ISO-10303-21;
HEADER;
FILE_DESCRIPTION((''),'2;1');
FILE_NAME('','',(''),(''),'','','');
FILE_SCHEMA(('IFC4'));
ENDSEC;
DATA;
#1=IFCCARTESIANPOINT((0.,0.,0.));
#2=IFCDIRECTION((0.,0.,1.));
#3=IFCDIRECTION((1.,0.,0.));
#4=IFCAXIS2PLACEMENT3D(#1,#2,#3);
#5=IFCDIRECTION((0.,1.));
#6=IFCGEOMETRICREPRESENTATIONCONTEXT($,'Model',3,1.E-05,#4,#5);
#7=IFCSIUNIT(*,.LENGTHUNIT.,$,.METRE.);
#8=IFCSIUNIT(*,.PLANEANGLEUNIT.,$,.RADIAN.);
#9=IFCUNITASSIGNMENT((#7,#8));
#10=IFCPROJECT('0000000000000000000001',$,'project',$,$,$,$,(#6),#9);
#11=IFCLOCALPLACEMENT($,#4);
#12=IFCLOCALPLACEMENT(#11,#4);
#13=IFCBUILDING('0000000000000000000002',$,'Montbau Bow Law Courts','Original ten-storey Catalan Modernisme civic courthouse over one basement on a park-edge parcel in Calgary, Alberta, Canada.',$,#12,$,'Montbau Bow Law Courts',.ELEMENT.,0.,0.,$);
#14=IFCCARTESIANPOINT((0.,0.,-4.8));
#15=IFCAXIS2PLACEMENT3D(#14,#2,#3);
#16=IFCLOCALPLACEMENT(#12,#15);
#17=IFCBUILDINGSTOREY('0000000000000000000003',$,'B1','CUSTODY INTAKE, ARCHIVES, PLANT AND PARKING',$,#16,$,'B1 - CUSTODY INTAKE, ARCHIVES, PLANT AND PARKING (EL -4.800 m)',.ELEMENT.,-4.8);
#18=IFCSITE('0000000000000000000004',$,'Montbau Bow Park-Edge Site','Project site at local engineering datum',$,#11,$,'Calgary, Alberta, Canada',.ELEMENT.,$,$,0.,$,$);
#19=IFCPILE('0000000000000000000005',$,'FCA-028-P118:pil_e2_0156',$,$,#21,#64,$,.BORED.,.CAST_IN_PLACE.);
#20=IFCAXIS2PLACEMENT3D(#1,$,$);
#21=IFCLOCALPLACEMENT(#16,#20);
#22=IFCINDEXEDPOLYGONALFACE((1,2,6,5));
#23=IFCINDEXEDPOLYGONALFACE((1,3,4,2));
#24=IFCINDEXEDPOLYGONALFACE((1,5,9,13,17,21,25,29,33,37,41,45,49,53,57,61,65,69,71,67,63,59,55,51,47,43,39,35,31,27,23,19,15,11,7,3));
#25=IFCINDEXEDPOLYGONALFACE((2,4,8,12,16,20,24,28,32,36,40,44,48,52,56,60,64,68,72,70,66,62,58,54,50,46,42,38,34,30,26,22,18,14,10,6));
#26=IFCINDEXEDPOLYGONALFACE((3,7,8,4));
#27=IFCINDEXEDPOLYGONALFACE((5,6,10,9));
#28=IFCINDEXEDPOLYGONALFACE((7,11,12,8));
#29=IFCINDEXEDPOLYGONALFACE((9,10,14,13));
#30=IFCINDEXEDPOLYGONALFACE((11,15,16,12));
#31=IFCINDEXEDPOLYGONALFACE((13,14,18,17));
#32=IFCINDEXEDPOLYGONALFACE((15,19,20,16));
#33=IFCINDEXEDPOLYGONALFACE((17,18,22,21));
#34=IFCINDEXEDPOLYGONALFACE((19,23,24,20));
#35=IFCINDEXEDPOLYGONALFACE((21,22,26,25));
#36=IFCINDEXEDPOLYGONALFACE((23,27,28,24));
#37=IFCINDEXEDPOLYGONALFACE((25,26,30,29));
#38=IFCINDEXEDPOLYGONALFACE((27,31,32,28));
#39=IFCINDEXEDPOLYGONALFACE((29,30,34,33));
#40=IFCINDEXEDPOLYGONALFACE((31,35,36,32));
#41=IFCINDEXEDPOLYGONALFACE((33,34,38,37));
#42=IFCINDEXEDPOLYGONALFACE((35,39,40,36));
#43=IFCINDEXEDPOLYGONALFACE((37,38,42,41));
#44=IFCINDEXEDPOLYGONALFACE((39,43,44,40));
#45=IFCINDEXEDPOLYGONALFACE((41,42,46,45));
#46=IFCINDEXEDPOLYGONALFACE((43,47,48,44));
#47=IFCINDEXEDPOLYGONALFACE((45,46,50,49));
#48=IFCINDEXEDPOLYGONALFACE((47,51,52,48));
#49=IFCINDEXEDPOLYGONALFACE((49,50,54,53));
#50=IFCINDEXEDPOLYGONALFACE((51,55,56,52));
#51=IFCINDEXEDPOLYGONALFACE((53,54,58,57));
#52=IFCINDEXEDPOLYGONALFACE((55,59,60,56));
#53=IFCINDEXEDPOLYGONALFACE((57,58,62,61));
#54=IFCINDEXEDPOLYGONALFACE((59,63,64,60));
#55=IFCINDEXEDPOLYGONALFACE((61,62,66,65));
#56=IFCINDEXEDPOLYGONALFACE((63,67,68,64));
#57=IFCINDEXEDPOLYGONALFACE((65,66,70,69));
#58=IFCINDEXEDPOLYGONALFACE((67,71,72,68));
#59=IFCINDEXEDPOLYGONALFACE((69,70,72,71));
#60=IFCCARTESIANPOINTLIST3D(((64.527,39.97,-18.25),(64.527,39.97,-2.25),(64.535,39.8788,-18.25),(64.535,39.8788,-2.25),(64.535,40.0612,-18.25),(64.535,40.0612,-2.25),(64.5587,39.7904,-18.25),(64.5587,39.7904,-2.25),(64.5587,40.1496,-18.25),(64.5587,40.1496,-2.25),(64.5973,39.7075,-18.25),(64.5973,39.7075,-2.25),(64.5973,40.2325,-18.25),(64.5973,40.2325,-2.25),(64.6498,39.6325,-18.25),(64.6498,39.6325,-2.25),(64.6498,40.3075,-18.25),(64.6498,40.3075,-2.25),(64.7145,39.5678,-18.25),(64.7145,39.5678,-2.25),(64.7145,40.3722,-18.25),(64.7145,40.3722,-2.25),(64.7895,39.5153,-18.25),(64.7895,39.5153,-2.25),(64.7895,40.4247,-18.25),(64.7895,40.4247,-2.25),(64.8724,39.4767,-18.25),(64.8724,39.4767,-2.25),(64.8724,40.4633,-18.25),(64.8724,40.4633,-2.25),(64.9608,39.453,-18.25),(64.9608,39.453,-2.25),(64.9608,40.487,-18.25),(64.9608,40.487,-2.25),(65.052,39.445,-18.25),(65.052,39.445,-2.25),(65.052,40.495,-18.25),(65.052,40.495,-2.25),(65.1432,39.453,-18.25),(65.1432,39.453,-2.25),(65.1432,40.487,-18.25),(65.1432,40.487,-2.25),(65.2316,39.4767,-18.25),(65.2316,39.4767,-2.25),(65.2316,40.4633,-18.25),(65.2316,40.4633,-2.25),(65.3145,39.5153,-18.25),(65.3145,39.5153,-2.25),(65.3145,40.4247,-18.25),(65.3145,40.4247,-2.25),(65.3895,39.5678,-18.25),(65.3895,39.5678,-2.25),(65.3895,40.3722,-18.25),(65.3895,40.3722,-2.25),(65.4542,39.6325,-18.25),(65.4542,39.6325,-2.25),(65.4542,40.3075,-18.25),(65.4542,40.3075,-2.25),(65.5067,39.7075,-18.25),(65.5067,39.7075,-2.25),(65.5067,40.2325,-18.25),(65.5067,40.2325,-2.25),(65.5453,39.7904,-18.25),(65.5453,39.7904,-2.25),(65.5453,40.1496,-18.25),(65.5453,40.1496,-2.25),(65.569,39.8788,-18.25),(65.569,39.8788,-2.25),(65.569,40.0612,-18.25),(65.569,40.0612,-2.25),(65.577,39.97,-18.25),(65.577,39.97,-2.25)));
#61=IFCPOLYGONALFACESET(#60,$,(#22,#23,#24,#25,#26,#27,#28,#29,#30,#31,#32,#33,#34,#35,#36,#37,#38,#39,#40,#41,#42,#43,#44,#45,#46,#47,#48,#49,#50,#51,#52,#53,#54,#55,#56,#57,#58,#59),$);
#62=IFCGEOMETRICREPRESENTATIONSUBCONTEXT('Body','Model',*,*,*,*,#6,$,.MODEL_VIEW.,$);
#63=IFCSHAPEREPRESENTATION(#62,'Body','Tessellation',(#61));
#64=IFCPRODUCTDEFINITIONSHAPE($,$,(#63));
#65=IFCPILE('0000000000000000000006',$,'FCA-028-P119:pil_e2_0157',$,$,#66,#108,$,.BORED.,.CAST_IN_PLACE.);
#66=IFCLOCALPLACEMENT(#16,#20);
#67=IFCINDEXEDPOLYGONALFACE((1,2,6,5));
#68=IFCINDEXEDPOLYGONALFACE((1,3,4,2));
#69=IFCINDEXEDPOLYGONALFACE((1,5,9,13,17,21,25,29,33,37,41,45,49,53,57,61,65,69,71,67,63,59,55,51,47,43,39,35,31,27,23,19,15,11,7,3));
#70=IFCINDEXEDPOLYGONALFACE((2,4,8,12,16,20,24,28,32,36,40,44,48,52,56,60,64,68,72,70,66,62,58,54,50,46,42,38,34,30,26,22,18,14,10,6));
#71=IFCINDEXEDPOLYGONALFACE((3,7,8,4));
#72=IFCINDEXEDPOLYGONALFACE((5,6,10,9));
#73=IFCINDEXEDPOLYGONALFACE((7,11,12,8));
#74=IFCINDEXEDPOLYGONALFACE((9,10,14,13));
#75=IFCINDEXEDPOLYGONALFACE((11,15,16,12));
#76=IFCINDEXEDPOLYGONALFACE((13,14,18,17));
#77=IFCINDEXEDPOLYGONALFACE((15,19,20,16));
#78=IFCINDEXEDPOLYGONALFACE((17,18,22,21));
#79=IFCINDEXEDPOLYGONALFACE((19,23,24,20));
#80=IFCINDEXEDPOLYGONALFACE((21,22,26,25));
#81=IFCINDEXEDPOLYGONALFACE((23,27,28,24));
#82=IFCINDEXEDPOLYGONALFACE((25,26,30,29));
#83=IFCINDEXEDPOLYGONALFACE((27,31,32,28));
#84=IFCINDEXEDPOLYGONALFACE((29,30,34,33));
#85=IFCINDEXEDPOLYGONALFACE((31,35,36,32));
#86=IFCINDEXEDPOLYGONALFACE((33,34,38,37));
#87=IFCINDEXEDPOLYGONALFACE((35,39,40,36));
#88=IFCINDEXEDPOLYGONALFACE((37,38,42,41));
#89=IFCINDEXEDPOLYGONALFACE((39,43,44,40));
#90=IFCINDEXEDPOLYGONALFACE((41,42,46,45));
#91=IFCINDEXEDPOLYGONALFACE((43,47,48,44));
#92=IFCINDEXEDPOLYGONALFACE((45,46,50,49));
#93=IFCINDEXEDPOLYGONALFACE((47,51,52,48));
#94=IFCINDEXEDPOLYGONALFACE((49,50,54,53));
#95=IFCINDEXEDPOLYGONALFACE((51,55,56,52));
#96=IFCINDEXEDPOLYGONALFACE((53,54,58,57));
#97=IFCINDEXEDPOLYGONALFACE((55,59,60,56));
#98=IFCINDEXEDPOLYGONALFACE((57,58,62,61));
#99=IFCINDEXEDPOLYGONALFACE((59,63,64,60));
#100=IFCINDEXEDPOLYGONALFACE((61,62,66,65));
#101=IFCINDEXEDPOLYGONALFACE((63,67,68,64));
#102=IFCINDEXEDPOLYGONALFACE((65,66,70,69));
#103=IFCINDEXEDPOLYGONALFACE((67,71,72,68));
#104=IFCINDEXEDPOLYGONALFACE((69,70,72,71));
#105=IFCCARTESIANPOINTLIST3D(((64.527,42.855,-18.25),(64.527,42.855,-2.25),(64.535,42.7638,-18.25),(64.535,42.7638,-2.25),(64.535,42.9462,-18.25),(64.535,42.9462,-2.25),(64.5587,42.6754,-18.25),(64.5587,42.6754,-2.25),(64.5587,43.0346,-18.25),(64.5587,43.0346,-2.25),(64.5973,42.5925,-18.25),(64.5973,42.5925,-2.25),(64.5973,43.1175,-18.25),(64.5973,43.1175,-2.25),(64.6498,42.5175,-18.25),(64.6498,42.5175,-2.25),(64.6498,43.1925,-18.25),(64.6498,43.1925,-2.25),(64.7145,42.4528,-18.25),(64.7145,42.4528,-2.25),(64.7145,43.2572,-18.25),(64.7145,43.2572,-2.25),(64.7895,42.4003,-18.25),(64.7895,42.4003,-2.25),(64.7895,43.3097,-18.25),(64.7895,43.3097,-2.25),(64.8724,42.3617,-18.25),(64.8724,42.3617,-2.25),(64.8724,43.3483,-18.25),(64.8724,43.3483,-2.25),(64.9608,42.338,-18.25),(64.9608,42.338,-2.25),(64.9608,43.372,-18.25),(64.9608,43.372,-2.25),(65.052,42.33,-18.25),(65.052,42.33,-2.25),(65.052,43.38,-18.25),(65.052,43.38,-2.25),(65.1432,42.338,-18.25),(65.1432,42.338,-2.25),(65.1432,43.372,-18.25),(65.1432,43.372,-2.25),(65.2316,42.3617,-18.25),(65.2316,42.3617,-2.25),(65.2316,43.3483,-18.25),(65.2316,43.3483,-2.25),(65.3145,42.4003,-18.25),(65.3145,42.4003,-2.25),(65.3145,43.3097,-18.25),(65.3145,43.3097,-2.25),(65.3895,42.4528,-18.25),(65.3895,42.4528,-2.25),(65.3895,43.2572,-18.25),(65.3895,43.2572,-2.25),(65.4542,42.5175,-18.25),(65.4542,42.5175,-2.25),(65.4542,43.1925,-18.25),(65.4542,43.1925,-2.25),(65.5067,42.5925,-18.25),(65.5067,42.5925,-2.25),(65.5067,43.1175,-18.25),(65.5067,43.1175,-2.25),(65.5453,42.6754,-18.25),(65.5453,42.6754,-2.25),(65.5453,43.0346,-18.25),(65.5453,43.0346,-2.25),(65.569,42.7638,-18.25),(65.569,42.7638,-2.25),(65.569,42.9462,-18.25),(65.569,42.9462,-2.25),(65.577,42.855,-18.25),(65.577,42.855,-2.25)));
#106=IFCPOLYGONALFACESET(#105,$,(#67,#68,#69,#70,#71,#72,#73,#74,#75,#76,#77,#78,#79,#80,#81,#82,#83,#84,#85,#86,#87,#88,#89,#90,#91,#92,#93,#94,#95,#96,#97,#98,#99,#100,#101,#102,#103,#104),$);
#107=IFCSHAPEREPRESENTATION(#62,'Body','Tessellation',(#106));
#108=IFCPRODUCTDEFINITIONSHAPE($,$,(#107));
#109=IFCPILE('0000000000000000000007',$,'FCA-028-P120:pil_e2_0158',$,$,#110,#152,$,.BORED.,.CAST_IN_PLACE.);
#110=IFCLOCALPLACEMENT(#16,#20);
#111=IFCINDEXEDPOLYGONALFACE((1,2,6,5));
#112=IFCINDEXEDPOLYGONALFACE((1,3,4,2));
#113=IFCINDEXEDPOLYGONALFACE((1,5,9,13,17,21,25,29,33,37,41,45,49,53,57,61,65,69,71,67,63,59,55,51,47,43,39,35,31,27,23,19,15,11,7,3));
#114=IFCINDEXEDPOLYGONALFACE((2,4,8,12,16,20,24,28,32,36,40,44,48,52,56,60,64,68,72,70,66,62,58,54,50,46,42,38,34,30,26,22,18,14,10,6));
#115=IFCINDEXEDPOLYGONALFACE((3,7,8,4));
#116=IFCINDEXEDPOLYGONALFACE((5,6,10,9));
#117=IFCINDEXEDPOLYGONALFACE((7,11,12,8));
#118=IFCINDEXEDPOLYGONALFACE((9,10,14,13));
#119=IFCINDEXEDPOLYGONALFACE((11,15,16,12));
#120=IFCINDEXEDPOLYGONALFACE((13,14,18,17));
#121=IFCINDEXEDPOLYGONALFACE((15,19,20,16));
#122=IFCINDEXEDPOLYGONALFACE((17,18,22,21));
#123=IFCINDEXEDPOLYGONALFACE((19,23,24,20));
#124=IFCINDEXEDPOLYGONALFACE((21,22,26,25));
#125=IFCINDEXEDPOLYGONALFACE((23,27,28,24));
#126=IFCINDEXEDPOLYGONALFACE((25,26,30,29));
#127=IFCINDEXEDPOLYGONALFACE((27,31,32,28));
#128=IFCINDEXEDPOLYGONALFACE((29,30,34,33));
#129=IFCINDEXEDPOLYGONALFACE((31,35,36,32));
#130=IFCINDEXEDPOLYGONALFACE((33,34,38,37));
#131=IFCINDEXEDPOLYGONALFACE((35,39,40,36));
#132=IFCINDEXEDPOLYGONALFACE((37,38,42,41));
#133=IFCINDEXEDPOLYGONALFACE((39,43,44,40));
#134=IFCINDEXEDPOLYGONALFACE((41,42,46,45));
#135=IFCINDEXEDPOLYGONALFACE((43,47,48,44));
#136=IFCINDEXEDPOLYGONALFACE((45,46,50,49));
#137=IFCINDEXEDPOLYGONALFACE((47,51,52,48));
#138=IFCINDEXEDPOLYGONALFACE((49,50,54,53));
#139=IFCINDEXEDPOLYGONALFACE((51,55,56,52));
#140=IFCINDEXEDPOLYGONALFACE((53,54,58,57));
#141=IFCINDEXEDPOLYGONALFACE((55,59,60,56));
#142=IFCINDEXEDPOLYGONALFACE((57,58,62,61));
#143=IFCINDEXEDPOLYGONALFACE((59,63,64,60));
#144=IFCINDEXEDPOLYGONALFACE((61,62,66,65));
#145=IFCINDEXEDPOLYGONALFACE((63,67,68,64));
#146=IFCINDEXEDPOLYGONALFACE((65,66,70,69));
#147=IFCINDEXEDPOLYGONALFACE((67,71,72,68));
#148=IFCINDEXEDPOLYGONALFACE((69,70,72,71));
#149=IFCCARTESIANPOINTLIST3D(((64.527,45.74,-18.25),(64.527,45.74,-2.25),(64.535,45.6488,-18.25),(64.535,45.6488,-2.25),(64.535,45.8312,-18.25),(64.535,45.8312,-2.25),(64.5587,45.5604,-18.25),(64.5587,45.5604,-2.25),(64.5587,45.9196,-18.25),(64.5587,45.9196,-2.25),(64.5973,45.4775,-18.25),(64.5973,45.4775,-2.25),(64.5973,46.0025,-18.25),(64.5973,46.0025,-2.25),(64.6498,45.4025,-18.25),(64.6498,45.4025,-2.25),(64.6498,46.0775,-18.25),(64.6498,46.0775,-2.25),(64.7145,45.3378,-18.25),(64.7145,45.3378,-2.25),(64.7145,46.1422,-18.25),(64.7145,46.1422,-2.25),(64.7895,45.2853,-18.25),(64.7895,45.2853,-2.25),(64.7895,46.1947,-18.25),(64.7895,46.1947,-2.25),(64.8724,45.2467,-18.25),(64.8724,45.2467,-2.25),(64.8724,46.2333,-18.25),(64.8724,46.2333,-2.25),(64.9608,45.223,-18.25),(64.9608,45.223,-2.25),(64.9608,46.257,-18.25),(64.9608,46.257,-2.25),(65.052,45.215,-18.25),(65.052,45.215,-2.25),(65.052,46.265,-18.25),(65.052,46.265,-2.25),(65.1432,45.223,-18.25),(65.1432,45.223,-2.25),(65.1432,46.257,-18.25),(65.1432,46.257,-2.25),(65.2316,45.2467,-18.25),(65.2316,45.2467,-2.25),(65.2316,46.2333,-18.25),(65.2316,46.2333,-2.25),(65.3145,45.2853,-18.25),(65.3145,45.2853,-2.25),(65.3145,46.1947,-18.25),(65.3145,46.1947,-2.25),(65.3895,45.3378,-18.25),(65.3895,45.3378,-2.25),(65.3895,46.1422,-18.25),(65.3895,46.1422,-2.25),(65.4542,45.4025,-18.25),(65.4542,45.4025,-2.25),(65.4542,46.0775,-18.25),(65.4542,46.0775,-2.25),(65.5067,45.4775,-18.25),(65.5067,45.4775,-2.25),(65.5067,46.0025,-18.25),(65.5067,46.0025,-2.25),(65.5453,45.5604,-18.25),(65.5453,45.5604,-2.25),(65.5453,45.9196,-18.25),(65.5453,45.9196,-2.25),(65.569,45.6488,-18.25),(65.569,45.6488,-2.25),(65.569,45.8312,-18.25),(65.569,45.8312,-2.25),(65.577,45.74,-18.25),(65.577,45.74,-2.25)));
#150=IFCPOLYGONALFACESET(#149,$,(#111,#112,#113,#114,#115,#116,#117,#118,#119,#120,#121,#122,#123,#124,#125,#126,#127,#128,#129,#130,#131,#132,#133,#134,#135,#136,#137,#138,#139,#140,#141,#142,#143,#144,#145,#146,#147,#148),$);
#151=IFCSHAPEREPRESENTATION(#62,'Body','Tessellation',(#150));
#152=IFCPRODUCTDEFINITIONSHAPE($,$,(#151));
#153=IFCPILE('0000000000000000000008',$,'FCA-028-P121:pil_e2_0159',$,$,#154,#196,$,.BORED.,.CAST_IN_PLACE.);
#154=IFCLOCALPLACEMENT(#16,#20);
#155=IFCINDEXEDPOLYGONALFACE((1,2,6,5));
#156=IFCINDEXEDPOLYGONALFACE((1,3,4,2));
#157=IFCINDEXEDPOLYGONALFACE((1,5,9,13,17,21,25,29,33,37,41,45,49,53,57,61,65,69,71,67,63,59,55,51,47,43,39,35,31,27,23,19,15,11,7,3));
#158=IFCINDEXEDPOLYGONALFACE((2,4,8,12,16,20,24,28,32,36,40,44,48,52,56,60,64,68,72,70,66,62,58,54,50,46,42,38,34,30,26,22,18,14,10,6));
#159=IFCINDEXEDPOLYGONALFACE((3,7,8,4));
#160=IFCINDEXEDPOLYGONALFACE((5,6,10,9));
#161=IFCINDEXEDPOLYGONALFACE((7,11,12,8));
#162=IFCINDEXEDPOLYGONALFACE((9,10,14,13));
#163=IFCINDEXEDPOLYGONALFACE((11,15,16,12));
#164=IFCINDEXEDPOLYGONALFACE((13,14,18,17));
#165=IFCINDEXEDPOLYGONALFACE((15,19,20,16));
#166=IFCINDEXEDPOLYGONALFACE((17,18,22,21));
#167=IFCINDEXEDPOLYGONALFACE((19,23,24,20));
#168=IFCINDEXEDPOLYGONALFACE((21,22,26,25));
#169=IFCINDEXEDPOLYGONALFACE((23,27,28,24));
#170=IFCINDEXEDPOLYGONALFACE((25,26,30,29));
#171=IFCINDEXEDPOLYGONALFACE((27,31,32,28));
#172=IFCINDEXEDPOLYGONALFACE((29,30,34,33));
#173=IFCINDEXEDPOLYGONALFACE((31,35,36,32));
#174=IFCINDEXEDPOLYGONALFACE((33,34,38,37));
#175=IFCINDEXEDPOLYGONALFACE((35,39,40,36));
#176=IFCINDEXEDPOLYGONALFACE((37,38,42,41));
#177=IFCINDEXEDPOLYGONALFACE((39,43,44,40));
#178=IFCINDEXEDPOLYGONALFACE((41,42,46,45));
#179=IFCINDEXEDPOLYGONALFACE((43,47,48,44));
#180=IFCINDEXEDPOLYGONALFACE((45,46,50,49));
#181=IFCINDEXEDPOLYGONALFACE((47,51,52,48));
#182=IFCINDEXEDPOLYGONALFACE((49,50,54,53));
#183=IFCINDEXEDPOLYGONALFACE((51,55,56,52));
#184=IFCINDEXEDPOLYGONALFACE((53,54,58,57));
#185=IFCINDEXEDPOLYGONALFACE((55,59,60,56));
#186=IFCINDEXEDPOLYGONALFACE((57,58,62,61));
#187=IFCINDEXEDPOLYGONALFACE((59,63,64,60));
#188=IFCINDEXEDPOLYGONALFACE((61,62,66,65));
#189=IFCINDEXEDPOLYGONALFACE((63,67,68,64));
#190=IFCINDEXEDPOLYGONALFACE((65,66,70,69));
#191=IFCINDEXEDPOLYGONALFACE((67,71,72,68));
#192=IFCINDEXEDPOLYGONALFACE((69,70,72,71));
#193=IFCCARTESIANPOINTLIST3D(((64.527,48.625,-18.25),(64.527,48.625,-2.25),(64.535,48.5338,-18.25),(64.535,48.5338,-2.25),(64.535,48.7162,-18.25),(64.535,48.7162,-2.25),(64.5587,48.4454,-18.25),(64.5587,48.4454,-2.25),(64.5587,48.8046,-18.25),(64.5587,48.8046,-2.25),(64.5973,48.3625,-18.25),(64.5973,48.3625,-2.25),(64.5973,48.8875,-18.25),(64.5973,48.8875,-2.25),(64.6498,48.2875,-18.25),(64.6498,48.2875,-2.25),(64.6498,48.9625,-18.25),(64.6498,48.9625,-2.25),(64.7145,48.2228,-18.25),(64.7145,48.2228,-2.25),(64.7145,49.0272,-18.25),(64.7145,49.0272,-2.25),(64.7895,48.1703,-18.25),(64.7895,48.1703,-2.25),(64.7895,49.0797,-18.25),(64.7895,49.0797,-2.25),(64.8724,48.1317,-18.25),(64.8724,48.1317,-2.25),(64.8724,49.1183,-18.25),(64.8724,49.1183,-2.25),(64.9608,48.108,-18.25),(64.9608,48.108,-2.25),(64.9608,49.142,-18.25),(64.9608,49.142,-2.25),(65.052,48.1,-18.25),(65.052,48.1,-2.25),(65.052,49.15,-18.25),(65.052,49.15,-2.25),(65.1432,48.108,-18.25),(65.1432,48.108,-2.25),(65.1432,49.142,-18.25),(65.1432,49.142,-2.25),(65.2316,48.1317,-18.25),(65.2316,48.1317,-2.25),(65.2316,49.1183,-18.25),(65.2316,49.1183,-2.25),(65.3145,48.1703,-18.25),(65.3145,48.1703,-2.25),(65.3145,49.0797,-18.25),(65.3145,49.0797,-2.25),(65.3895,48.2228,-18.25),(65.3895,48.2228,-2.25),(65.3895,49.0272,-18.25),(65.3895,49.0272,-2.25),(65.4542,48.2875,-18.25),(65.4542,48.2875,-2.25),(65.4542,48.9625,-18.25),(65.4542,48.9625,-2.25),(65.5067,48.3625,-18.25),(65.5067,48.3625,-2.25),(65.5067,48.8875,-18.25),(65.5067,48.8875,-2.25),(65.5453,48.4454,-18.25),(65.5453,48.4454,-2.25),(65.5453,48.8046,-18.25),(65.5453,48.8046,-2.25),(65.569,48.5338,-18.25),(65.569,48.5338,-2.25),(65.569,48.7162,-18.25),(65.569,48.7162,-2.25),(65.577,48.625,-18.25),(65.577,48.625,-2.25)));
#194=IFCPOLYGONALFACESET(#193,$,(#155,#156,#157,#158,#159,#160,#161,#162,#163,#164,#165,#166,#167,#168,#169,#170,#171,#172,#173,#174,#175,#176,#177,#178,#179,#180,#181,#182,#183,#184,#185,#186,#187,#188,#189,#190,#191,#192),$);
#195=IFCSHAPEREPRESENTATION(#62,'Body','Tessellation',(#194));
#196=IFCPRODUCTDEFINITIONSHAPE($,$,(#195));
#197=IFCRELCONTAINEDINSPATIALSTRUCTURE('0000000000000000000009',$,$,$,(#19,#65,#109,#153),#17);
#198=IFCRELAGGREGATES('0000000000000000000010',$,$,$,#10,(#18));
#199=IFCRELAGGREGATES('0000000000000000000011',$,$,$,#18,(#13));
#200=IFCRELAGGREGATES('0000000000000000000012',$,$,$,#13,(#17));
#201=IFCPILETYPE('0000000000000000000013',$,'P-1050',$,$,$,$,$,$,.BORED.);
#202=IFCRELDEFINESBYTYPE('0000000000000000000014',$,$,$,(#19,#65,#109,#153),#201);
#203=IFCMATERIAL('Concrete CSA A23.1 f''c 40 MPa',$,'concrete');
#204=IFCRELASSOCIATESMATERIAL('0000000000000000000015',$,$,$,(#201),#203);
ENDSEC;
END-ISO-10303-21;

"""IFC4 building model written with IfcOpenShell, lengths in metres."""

from ifc_helpers import new_model, si_unit, direction, frame, origin_with_axes, origin_2d_with_axis, place, context, subcontext, project, spatial, circle, extrude, material, material_profile, profile_set, type_object, element, save


model = new_model("IFC4")

# Units and contexts
model_context = context("Model", 3, precision=1e-05, world=origin_with_axes(), true_north=direction((0.0, 1.0)))
body_context = subcontext(model_context, "Body", "Model", "MODEL_VIEW")
ifc_project = project(units=[si_unit("LENGTHUNIT", "METRE"), si_unit("PLANEANGLEUNIT", "RADIAN")], contexts=[model_context])

# Site, building, storey
site_placement = place(None, origin_with_axes())
site = spatial("IfcSite", under=ifc_project, at=site_placement, Name="Montbau Bow Park-Edge Site", Description="Project site at local engineering datum", LongName="Calgary, Alberta, Canada", CompositionType="ELEMENT", RefElevation=0.0)
building_placement = place(site_placement, origin_with_axes())
building = spatial("IfcBuilding", under=site, at=building_placement, Name="Montbau Bow Law Courts", Description="Original ten-storey Catalan Modernisme civic courthouse over one basement on a park-edge parcel in Calgary, Alberta, Canada.", LongName="Montbau Bow Law Courts", CompositionType="ELEMENT", ElevationOfRefHeight=0.0, ElevationOfTerrain=0.0)
storey_placement = place(building_placement, frame((0.0, 0.0, -4.8), z_axis=(0.0, 0.0, 1.0), x_axis=(1.0, 0.0, 0.0)))
storey = spatial("IfcBuildingStorey", under=building, at=storey_placement, Name="B1", Description="CUSTODY INTAKE, ARCHIVES, PLANT AND PARKING", LongName="B1 - CUSTODY INTAKE, ARCHIVES, PLANT AND PARKING (EL -4.800 m)", CompositionType="ELEMENT", Elevation=-4.8)

# Piles
ifc_material_1 = material(Name="Concrete CSA A23.1 f'c 40 MPa", Category="concrete")
ifc_material_profile_1 = material_profile(ifc_material_1, circle(Radius=0.525, at=origin_2d_with_axis()), Name="BP1050", Category="Main", Priority=0)
ifc_profile_set_1 = profile_set([ifc_material_profile_1], Name="Concrete CSA A23.1 f'c 40 MPa")
pile_type = type_object("IfcPileType", Name="P-1050", PredefinedType="BORED", material=ifc_profile_set_1)
for number, where, z_axis, x_axis, name in (
    (1, (65.052, 39.97, -23.05), (0.0, 0.0, 1.0), (1.0, 0.0, 0.0), "FCA-028-P118:pil_e2_0156"),
    (2, (65.052, 42.855, -23.05), (0.0, 0.0, 1.0), (1.0, 0.0, 0.0), "FCA-028-P119:pil_e2_0157"),
    (3, (65.052, 45.74, -23.05), (0.0, 0.0, 1.0), (1.0, 0.0, 0.0), "FCA-028-P120:pil_e2_0158"),
    (4, (65.052, 48.625, -23.05), (0.0, 0.0, 1.0), (1.0, 0.0, 0.0), "FCA-028-P121:pil_e2_0159"),
):
    element("IfcPile", number, at=place(None, frame(where, z_axis=z_axis, x_axis=x_axis)), inside=storey, type_object=pile_type, Name=name, ConstructionType="CAST_IN_PLACE", PredefinedType="BORED", context=body_context, shape_type="SweptSolid", body=[
        extrude(circle(Radius=0.525, at=origin_2d_with_axis()), origin_with_axes(), (0.0, 0.0, 1.0), 16.0),
    ])

save(model, "model.ifc")
